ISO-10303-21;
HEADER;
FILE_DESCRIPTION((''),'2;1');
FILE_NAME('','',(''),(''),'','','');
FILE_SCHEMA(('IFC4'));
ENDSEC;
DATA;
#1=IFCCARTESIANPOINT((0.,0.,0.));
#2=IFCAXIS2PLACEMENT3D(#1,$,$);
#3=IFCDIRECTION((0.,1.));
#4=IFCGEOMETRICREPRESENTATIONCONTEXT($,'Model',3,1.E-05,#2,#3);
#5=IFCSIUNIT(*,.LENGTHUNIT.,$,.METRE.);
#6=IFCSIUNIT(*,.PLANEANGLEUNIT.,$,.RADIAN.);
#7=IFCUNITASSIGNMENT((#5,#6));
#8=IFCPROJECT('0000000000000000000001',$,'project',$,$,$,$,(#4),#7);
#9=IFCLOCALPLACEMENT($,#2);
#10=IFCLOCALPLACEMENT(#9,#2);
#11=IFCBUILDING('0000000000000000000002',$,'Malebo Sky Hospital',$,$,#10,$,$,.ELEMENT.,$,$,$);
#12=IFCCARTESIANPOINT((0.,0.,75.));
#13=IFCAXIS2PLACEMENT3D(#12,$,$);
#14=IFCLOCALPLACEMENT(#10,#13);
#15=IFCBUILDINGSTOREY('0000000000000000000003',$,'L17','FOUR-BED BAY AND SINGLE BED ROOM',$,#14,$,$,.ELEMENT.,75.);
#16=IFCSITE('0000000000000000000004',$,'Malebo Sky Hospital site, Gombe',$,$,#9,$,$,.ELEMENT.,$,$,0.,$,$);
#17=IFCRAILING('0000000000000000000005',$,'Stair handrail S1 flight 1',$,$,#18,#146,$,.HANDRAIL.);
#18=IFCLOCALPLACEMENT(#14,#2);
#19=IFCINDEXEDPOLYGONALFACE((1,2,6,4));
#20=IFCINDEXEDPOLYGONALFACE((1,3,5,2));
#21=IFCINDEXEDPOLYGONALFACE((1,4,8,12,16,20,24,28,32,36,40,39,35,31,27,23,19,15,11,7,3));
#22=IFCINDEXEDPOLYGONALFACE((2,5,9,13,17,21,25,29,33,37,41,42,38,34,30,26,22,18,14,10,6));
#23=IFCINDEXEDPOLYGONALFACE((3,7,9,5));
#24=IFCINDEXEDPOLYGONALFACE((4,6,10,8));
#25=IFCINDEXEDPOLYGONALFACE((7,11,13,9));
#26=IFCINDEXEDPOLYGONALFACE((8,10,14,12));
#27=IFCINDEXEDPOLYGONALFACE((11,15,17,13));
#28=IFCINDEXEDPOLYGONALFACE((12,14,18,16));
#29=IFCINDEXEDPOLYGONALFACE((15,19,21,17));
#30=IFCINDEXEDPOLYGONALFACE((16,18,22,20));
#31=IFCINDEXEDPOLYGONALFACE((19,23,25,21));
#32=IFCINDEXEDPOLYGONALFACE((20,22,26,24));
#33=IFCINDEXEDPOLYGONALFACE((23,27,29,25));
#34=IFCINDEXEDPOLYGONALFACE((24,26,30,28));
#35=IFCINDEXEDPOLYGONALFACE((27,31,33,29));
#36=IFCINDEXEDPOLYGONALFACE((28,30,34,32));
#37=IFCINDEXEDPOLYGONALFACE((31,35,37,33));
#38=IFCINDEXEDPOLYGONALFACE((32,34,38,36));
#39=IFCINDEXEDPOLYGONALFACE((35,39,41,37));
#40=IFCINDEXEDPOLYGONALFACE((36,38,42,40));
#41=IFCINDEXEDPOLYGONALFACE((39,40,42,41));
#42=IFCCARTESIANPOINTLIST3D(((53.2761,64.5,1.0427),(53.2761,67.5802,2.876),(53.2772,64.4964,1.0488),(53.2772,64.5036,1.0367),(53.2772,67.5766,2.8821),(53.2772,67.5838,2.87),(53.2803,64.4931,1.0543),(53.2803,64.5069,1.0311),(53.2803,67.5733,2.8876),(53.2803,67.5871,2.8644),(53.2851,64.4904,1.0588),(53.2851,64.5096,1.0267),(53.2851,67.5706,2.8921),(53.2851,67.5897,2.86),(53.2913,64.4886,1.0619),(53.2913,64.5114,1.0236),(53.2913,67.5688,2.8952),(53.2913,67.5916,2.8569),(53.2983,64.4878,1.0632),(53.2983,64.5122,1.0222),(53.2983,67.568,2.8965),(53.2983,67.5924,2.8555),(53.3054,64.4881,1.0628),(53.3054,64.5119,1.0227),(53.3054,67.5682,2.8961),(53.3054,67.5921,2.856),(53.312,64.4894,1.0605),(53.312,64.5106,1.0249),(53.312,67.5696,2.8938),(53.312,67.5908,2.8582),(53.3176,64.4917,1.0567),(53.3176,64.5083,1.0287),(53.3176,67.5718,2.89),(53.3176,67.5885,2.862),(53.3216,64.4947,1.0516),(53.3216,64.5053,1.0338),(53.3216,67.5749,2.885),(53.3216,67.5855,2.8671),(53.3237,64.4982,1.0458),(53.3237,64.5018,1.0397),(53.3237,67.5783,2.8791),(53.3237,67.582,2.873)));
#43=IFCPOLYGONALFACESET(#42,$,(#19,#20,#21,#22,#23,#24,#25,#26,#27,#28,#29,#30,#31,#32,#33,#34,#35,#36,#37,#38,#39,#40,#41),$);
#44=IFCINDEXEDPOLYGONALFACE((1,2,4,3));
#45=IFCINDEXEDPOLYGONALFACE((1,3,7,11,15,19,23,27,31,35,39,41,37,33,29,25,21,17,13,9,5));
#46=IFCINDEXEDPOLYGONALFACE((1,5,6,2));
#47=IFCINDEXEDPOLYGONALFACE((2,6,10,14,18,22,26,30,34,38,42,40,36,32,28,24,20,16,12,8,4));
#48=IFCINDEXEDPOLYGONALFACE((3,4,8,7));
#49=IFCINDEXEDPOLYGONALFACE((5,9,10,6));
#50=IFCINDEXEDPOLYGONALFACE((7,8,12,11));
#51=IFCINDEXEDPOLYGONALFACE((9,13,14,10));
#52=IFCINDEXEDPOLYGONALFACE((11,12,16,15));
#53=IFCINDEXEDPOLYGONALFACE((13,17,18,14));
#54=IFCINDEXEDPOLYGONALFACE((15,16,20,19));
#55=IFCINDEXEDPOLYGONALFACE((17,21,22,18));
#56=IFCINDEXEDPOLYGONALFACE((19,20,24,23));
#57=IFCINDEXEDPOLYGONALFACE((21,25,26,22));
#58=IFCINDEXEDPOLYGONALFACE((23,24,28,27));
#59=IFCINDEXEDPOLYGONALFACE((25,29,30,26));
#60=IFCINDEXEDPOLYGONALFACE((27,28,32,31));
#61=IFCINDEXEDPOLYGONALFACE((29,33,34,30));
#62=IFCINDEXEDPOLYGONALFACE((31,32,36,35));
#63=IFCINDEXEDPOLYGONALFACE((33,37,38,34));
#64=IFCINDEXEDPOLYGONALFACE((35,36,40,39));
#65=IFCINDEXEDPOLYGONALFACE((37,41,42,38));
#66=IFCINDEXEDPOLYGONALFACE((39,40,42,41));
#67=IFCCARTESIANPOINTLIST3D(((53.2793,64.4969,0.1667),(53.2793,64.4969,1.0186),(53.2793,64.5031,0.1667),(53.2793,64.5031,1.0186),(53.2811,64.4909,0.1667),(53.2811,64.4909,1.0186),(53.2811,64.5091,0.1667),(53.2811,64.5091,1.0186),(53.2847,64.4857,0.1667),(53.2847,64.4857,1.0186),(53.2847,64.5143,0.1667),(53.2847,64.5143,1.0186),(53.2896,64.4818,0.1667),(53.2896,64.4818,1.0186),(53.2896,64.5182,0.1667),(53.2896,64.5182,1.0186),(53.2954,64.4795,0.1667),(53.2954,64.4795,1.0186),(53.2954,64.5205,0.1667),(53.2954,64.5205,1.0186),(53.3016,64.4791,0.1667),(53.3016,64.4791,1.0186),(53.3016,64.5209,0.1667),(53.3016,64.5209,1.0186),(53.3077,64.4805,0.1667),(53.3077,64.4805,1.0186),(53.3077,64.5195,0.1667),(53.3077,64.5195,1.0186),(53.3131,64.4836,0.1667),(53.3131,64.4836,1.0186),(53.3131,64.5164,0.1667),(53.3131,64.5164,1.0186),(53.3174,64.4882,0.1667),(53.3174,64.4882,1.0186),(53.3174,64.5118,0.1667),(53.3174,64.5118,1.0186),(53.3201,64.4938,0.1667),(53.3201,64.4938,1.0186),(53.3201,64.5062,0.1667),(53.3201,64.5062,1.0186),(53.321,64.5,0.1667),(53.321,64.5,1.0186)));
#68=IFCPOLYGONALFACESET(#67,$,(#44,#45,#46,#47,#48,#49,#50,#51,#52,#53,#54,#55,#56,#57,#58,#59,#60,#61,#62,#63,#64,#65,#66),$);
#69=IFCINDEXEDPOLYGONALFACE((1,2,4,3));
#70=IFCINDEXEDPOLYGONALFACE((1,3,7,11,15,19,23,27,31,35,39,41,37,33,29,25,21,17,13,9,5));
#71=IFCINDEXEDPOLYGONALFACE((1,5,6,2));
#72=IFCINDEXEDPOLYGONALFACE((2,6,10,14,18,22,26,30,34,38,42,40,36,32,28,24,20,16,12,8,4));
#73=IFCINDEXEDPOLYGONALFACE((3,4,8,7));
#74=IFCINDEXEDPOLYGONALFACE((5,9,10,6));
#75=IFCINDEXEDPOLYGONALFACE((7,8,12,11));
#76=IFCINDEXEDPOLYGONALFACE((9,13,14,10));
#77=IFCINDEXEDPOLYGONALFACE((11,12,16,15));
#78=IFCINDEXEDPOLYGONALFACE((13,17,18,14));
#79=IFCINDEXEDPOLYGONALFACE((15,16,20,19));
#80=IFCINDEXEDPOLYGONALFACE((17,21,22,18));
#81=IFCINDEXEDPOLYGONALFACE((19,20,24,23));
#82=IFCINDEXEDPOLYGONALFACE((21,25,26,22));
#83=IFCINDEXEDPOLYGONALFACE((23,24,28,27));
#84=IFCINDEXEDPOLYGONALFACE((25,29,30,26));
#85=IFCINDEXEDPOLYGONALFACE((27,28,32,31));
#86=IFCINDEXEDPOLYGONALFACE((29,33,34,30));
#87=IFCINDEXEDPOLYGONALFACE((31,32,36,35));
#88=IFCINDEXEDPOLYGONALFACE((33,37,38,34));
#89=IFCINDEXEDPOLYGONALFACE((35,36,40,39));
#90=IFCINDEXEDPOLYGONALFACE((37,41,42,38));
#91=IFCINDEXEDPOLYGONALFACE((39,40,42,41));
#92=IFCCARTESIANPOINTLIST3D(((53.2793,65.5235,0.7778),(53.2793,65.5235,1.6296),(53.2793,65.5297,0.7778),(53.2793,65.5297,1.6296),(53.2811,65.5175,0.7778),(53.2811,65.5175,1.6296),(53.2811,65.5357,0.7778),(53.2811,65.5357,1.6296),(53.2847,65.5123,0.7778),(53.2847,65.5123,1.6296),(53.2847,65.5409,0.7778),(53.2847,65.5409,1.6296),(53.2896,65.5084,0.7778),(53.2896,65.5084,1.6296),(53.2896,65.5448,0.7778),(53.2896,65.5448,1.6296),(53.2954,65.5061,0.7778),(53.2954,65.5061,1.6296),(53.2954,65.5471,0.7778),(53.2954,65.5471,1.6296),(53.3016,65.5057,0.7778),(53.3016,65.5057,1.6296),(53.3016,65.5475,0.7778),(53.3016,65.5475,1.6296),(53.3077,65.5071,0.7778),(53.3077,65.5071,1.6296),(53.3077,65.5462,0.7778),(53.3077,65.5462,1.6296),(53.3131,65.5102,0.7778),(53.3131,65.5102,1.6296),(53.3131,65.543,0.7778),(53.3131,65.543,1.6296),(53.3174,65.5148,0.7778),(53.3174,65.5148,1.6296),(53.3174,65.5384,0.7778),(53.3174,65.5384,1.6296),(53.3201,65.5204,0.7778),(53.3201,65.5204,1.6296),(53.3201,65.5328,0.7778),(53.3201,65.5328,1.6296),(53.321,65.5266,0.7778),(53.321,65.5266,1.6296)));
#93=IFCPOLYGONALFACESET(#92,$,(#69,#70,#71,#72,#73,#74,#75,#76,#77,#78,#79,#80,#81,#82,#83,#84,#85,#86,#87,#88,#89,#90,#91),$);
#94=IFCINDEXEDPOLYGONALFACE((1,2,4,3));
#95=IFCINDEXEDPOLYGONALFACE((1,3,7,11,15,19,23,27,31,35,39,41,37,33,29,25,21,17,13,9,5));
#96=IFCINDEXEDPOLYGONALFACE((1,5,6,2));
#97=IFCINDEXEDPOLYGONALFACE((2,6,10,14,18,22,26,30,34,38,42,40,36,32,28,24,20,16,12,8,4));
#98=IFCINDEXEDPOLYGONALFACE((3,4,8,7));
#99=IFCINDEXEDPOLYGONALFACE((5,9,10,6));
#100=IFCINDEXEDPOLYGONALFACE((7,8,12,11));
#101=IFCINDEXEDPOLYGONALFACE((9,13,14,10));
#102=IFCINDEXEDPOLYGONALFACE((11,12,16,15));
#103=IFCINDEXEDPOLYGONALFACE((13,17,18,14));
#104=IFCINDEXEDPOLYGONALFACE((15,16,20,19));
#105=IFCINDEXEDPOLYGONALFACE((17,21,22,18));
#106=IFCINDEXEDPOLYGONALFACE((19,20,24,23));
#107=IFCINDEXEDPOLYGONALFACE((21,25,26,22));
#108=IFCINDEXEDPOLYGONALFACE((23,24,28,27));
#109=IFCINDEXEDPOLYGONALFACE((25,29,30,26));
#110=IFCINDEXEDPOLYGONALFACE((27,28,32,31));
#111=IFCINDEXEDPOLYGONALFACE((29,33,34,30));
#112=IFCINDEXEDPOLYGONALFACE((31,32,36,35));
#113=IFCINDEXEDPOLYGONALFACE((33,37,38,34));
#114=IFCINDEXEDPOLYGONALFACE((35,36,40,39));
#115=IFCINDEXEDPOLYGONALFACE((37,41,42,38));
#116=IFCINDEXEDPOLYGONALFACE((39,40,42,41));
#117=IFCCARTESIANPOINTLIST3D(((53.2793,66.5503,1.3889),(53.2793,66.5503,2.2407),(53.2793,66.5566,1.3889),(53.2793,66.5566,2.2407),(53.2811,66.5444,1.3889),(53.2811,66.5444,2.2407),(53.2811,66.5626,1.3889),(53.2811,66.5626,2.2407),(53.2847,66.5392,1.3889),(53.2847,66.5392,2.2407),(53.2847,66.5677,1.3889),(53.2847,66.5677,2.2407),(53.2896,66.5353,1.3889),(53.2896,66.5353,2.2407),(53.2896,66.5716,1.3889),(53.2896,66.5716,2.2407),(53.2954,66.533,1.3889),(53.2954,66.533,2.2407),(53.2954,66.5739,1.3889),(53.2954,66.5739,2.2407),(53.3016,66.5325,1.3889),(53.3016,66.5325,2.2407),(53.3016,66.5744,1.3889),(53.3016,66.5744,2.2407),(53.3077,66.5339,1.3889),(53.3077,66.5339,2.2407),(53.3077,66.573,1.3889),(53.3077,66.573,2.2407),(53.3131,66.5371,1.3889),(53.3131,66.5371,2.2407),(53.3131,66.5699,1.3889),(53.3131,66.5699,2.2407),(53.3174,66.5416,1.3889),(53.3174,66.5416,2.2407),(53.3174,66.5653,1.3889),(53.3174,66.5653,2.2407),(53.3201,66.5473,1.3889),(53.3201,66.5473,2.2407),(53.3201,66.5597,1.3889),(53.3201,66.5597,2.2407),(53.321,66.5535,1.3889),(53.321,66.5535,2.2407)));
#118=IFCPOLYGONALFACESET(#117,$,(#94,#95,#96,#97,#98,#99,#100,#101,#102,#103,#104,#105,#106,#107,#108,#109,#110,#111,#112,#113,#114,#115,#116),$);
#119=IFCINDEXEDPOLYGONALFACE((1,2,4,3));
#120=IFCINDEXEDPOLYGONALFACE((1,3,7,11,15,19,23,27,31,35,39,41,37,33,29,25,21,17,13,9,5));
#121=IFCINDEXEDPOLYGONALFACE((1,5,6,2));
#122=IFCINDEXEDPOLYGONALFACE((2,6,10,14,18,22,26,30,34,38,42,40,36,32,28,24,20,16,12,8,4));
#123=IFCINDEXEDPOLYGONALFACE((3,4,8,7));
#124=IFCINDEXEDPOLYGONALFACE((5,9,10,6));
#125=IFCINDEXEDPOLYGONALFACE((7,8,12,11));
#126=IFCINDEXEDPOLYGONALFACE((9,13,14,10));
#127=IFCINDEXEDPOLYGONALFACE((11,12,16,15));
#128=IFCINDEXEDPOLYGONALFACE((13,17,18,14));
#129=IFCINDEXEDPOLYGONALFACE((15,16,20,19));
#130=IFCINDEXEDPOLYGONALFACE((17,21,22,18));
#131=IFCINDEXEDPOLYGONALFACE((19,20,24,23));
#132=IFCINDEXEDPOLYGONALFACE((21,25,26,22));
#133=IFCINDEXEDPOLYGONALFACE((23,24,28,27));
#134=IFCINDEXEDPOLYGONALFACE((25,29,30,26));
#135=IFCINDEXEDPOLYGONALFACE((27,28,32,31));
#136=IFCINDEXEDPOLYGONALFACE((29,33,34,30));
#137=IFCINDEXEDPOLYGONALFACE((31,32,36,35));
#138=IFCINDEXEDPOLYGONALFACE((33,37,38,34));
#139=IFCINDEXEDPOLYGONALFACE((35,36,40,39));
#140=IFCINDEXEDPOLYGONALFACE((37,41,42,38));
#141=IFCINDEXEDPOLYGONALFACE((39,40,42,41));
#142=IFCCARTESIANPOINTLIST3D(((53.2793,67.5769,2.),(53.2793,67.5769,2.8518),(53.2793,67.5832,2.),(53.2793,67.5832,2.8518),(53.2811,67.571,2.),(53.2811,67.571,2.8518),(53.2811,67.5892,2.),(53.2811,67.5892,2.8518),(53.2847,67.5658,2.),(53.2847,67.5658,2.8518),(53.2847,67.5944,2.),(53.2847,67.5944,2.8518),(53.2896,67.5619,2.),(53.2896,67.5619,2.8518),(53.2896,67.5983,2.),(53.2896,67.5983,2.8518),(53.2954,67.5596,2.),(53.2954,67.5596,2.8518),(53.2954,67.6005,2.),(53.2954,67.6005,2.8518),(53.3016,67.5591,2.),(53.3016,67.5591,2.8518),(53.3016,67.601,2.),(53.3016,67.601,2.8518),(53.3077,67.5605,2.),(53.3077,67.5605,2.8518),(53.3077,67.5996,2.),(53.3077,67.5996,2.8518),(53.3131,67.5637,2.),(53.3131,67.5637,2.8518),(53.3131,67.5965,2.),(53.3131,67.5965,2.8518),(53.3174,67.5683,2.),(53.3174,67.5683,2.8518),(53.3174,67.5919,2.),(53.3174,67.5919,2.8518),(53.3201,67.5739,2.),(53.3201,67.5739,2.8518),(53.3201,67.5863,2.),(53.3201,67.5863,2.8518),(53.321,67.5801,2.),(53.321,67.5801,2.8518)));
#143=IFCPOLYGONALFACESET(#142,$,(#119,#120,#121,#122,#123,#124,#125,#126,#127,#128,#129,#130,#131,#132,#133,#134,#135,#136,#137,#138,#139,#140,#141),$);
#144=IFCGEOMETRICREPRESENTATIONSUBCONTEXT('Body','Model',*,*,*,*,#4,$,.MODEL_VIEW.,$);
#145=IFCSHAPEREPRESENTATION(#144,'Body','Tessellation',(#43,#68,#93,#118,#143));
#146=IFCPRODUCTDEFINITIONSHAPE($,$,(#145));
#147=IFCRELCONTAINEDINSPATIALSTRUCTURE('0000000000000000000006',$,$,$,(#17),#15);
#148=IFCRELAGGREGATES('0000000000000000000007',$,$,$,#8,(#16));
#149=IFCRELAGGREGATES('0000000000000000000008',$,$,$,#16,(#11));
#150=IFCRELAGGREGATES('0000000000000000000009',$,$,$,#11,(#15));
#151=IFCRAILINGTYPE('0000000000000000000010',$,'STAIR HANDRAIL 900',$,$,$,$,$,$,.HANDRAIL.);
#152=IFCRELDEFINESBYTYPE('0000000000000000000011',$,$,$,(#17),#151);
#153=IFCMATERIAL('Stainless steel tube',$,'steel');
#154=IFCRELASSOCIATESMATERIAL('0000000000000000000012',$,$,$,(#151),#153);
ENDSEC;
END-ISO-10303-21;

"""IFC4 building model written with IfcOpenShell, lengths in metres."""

from ifc_helpers import new_model, si_unit, direction, frame, origin, origin_2d, place, context, subcontext, project, spatial, circle, extrude, material, type_object, element, save


model = new_model("IFC4")

# Units and contexts
model_context = context("Model", 3, precision=1e-05, world=origin(), true_north=direction((0.0, 1.0)))
body_context = subcontext(model_context, "Body", "Model", "MODEL_VIEW")
ifc_project = project(units=[si_unit("LENGTHUNIT", "METRE"), si_unit("PLANEANGLEUNIT", "RADIAN")], contexts=[model_context])

# Site, building, storey
site_placement = place(None, origin())
site = spatial("IfcSite", under=ifc_project, at=site_placement, Name="Malebo Sky Hospital site, Gombe", CompositionType="ELEMENT", RefElevation=0.0)
building_placement = place(site_placement, origin())
building = spatial("IfcBuilding", under=site, at=building_placement, Name="Malebo Sky Hospital", CompositionType="ELEMENT")
storey_placement = place(building_placement, frame((0.0, 0.0, 75.0)))
storey = spatial("IfcBuildingStorey", under=building, at=storey_placement, Name="L17", Description="FOUR-BED BAY AND SINGLE BED ROOM", CompositionType="ELEMENT", Elevation=75.0)

# Railing
ifc_material_1 = material(Name="Stainless steel tube", Category="steel")
railing_type = type_object("IfcRailingType", Name="STAIR HANDRAIL 900", PredefinedType="HANDRAIL", material=ifc_material_1)
railing_1_placement = place(storey_placement, frame((53.3, 64.5, 0.1667)))
element("IfcRailing", 1, at=railing_1_placement, inside=storey, type_object=railing_type, Name="Stair handrail S1 flight 1", PredefinedType="HANDRAIL", context=body_context, shape_type="SweptSolid", body=[
    extrude(circle(Radius=0.0239, at=origin_2d()), frame((0.0, 0.0, 0.876), z_axis=(0.0, 0.859309, 0.511458), x_axis=(-1.0, 0.0, 0.0)), (0.0, 0.0, 1.0), 3.5845),
    extrude(circle(Radius=0.021, at=origin_2d()), origin(), (0.0, 0.0, 1.0), 0.8518),
    extrude(circle(Radius=0.021, at=origin_2d()), frame((0.0, 1.0266, 0.6111)), (0.0, 0.0, 1.0), 0.8518),
    extrude(circle(Radius=0.021, at=origin_2d()), frame((0.0, 2.0535, 1.2222)), (0.0, 0.0, 1.0), 0.8518),
    extrude(circle(Radius=0.021, at=origin_2d()), frame((0.0, 3.0801, 1.8333)), (0.0, 0.0, 1.0), 0.8518),
])

save(model, "model.ifc")
